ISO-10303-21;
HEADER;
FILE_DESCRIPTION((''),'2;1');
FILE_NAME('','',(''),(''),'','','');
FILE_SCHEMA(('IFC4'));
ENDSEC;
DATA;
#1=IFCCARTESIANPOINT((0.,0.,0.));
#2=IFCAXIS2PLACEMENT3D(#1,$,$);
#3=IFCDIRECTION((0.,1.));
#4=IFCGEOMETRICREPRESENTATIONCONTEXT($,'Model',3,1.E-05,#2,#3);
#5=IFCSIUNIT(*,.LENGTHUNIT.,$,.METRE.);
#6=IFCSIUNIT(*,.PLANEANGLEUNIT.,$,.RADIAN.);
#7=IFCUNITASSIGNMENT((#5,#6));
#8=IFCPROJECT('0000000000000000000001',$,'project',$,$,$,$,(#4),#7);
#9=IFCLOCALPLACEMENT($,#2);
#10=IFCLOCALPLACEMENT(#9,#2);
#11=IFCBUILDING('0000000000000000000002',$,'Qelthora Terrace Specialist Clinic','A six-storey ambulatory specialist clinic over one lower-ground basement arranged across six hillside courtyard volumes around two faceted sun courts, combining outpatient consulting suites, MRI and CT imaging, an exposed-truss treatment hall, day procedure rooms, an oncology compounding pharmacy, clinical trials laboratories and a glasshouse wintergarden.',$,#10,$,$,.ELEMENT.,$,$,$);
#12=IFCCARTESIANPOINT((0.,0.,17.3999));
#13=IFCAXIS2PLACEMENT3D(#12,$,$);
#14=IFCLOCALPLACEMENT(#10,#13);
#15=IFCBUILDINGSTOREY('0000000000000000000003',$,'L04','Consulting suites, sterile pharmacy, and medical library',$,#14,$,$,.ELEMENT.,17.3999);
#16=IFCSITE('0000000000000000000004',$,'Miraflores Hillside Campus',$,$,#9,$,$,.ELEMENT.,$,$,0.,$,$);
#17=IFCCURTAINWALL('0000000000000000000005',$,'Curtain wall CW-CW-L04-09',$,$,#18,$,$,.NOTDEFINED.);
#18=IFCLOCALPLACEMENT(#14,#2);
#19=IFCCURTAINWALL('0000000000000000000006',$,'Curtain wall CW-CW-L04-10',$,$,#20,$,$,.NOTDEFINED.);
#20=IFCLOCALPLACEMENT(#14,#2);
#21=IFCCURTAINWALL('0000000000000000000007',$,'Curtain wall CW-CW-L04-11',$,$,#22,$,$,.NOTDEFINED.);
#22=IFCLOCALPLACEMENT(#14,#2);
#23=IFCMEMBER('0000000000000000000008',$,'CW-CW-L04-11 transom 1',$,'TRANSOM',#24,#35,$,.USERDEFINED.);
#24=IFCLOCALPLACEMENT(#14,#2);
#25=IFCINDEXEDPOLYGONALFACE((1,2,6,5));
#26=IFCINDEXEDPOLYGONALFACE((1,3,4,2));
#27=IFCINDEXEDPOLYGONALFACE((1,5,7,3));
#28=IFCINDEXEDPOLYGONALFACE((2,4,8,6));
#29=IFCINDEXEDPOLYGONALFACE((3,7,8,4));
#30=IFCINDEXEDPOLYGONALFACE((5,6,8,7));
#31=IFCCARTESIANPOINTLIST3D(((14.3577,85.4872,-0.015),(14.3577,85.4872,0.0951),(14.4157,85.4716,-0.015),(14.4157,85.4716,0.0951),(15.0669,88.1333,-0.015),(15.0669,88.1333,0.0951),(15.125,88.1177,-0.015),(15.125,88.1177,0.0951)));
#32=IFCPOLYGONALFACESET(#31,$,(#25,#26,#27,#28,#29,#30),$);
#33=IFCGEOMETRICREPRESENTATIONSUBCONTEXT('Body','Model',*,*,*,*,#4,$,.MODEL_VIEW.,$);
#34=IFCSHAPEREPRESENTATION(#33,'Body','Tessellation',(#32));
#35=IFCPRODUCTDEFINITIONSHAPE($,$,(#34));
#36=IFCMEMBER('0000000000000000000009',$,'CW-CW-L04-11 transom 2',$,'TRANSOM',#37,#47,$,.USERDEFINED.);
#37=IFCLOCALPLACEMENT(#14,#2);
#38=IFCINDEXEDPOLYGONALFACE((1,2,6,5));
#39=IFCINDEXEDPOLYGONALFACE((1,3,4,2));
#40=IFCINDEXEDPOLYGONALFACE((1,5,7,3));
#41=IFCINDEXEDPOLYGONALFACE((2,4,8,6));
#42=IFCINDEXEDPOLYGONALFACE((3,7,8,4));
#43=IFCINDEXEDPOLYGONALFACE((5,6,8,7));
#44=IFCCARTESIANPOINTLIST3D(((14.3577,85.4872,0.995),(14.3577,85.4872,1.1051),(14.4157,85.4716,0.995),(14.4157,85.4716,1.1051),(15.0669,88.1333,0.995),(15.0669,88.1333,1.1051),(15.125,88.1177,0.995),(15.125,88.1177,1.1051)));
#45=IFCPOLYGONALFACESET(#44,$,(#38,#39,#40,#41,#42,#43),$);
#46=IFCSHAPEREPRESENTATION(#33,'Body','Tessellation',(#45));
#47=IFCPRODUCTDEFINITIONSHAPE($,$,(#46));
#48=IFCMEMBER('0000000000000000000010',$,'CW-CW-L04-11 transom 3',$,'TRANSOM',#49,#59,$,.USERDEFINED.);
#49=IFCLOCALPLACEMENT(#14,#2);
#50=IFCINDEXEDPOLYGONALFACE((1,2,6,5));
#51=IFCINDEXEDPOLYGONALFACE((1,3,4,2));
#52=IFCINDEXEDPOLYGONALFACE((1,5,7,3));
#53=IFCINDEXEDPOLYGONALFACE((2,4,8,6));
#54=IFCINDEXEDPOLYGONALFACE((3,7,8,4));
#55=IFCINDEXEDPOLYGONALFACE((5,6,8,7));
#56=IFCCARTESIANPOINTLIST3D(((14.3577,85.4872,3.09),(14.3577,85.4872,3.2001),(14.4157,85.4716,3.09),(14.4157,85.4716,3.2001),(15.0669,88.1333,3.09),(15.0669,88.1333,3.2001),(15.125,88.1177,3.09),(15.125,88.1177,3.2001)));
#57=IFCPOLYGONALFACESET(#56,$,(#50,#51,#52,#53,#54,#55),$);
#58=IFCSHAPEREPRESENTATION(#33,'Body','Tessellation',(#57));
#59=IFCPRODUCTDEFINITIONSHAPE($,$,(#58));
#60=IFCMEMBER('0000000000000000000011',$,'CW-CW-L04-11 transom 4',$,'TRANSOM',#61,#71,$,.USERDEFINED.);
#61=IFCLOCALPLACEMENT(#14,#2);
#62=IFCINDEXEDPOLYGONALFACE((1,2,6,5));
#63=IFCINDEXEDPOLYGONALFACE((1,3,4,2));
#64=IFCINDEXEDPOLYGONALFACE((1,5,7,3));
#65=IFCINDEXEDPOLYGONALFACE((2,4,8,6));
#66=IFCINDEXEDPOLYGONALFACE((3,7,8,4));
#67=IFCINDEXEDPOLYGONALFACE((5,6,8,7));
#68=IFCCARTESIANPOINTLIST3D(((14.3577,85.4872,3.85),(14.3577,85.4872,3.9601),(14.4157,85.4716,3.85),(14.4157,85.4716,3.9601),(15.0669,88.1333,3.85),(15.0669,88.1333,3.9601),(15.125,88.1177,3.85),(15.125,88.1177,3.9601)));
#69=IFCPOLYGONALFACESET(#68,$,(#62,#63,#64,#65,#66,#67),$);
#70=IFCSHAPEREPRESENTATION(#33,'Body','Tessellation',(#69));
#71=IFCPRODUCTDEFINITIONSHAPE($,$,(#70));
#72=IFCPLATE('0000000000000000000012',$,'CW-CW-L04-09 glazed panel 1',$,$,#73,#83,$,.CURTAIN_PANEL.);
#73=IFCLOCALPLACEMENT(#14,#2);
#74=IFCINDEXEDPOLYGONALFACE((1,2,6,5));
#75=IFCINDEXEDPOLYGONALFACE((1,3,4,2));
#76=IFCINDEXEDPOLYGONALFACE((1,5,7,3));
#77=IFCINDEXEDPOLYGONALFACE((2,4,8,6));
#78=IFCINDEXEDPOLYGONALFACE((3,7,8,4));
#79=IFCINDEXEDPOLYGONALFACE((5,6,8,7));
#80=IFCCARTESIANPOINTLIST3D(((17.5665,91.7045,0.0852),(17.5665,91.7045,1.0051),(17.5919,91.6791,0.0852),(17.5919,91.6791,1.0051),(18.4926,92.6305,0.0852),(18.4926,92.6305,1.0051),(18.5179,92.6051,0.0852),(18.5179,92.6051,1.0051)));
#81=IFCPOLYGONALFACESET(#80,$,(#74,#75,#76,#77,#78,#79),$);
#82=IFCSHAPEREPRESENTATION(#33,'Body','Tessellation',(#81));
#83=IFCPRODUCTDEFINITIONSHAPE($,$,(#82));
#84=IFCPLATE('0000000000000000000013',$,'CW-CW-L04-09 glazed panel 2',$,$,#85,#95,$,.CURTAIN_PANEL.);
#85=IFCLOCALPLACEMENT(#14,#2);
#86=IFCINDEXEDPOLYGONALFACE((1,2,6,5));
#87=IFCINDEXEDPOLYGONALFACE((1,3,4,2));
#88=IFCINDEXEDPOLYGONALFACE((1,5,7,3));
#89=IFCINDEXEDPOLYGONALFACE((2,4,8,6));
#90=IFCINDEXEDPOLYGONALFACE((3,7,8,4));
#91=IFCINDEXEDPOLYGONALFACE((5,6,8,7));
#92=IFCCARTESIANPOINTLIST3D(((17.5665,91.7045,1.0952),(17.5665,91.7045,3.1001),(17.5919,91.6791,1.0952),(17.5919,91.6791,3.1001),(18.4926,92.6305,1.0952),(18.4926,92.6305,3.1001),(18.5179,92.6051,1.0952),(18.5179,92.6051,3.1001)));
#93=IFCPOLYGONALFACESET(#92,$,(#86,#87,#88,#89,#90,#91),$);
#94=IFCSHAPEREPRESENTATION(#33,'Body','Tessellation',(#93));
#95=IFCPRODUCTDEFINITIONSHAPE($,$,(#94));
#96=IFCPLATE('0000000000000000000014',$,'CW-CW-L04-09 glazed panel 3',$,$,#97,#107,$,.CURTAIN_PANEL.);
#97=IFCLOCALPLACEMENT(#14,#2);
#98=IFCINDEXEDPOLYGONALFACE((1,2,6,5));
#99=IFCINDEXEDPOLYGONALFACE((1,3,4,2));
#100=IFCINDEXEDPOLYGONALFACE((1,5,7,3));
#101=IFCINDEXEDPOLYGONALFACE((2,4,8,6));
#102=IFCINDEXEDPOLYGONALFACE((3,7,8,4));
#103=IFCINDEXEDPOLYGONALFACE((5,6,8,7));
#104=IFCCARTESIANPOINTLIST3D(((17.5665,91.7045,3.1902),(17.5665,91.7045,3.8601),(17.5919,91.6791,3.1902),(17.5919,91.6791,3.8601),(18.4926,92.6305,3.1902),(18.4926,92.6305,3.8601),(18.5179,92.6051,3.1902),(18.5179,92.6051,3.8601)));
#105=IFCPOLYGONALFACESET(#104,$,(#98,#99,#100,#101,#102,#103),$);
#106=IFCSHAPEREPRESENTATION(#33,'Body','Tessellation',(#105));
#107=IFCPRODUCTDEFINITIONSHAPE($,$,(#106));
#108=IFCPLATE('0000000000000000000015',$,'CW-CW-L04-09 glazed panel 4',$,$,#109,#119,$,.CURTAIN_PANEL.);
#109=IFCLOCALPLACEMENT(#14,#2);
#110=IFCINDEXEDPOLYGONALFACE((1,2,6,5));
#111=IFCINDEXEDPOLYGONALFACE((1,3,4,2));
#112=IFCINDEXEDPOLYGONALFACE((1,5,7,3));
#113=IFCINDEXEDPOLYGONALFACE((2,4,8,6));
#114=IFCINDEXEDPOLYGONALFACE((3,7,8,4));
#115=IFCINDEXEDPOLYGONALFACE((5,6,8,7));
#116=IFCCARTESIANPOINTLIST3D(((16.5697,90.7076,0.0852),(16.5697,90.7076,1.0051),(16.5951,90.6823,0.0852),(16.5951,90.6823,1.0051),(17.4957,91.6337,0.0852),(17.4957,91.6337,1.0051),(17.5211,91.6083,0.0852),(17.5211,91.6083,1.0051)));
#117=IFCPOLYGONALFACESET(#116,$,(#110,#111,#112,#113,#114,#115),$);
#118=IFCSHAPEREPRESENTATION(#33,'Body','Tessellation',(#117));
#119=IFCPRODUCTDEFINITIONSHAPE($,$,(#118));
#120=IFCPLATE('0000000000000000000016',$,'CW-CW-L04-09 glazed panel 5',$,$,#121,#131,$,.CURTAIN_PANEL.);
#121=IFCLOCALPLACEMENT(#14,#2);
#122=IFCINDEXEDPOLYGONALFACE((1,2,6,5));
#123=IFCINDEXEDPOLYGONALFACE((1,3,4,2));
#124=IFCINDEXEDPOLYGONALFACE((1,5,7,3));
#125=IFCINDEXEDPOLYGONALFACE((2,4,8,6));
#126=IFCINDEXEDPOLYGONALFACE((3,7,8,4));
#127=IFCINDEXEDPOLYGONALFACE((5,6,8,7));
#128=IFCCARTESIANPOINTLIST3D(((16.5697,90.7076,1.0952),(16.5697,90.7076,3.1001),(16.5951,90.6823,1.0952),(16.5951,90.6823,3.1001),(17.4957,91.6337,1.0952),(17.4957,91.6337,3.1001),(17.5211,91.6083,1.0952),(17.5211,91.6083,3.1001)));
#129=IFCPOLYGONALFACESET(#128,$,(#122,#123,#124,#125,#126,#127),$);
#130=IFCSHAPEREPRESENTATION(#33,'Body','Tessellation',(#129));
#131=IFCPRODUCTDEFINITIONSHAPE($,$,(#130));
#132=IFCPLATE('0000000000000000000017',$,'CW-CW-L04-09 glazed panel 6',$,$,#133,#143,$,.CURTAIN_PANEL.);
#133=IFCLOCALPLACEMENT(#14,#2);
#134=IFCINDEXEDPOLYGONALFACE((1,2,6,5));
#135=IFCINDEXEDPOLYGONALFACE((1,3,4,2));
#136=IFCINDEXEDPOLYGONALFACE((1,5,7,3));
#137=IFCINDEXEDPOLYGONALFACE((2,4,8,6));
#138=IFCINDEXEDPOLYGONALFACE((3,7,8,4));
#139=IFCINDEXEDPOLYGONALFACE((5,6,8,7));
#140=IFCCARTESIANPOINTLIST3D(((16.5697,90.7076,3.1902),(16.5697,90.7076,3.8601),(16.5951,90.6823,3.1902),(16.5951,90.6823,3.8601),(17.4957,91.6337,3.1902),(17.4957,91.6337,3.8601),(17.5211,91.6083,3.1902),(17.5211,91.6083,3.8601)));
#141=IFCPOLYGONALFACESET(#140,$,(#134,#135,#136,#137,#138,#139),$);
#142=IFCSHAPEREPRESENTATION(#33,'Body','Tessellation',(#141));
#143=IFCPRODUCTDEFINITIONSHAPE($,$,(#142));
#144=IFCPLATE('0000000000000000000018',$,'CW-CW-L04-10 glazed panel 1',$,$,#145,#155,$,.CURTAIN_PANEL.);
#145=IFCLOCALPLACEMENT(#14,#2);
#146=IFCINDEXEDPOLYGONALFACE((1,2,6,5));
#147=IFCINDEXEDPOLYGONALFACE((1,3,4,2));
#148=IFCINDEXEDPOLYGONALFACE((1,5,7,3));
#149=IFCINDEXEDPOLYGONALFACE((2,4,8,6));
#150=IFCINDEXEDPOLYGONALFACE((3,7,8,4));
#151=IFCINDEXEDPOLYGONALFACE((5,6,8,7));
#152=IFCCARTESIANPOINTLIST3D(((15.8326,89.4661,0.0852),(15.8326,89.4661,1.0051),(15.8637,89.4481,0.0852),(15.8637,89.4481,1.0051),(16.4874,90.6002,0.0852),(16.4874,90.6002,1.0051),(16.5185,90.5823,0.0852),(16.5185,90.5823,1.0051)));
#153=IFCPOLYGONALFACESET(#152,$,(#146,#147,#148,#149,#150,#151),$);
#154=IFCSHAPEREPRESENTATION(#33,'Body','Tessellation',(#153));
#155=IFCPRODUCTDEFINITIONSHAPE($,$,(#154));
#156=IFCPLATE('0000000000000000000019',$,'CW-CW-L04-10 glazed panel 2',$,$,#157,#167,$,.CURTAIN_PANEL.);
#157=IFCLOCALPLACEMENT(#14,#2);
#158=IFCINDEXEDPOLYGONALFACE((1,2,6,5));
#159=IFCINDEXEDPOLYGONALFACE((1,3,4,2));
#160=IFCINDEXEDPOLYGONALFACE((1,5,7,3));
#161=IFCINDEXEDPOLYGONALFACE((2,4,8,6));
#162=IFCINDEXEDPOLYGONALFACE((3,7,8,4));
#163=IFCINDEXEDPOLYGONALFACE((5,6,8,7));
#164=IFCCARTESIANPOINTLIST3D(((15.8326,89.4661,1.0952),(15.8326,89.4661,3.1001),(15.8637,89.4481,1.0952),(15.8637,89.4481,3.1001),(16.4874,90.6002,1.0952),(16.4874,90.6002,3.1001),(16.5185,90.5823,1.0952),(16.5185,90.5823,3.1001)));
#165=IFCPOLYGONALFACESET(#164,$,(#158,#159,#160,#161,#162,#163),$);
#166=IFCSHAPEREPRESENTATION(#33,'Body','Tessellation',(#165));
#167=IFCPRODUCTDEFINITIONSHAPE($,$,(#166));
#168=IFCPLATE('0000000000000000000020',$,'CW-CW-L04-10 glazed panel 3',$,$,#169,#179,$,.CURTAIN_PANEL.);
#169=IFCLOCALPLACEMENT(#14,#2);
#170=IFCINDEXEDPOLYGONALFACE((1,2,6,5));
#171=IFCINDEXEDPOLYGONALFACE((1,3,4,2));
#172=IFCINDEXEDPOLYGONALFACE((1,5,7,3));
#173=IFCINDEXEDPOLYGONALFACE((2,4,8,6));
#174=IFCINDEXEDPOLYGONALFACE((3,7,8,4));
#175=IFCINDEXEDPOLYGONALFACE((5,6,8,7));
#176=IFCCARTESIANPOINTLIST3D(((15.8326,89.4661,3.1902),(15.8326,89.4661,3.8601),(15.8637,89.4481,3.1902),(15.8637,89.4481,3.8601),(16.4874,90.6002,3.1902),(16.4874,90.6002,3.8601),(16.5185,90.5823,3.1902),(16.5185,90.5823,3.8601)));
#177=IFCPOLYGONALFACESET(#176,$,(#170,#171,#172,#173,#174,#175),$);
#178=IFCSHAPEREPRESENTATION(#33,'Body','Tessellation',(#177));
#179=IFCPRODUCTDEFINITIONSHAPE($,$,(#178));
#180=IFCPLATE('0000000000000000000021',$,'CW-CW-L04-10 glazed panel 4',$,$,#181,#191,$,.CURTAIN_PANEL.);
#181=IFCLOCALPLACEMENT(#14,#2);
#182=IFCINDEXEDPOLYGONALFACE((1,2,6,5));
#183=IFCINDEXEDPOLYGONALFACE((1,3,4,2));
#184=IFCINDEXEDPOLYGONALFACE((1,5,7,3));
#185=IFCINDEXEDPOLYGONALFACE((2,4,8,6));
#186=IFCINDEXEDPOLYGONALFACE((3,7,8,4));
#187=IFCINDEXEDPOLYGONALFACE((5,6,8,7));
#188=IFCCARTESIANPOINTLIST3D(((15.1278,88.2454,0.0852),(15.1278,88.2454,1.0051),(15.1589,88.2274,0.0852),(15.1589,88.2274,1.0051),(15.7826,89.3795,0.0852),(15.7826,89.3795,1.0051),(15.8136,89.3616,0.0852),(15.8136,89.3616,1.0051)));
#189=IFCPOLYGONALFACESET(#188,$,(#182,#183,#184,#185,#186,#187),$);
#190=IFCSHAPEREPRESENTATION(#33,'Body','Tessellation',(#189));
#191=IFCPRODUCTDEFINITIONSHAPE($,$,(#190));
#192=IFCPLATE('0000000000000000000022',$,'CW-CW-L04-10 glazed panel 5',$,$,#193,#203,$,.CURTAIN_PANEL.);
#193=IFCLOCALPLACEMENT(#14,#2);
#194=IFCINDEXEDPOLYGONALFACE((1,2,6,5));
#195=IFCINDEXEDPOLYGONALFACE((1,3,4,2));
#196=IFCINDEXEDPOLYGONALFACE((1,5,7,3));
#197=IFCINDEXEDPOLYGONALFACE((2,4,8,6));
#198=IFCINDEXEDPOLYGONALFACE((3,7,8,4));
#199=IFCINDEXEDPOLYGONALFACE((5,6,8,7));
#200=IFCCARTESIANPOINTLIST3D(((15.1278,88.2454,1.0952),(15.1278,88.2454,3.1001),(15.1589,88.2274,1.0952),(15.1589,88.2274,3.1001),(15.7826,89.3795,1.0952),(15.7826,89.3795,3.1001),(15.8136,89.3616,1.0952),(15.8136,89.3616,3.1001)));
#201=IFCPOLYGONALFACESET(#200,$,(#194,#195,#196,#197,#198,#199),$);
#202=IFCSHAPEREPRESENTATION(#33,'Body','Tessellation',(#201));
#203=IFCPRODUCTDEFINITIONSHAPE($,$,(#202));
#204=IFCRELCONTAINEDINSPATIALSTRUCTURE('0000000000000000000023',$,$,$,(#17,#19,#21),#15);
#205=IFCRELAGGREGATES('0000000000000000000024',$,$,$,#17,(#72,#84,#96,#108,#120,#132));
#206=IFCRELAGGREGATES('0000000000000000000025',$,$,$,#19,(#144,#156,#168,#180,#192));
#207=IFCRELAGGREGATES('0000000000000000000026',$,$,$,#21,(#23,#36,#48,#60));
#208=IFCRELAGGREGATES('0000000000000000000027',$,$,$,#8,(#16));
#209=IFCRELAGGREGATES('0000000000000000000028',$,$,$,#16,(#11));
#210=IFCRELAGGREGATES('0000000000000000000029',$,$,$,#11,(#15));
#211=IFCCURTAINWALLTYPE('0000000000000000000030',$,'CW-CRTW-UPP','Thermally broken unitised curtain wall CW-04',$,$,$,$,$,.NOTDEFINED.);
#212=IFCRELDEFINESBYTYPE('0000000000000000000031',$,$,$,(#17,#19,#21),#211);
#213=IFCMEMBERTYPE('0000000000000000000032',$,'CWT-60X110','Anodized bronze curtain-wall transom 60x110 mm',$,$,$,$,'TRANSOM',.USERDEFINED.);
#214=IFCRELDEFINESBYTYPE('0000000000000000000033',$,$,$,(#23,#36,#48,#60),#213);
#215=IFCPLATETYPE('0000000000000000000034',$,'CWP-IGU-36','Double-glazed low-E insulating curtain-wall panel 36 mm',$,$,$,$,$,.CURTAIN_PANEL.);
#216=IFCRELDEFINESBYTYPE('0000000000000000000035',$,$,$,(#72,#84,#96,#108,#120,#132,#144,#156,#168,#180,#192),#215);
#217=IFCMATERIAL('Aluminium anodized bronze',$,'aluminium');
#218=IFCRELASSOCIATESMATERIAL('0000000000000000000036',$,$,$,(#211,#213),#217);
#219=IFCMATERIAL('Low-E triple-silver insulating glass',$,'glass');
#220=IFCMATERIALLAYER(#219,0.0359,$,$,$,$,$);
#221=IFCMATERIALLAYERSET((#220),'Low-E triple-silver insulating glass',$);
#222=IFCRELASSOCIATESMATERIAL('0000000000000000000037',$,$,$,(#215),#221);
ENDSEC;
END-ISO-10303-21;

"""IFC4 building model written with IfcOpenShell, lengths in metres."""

from ifc_helpers import new_model, si_unit, direction, frame, origin, origin_2d, place, context, subcontext, project, spatial, rectangle, extrude, material, layer, layer_set, material_profile, profile_set, type_object, element, aggregate, save


model = new_model("IFC4")

# Units and contexts
model_context = context("Model", 3, precision=1e-05, world=origin(), true_north=direction((0.0, 1.0)))
body_context = subcontext(model_context, "Body", "Model", "MODEL_VIEW")
ifc_project = project(units=[si_unit("LENGTHUNIT", "METRE"), si_unit("PLANEANGLEUNIT", "RADIAN")], contexts=[model_context])

# Site, building, storey
site_placement = place(None, origin())
site = spatial("IfcSite", under=ifc_project, at=site_placement, Name="Miraflores Hillside Campus", CompositionType="ELEMENT", RefElevation=0.0)
building_placement = place(site_placement, origin())
building = spatial("IfcBuilding", under=site, at=building_placement, Name="Qelthora Terrace Specialist Clinic", Description="A six-storey ambulatory specialist clinic over one lower-ground basement arranged across six hillside courtyard volumes around two faceted sun courts, combining outpatient consulting suites, MRI and CT imaging, an exposed-truss treatment hall, day procedure rooms, an oncology compounding pharmacy, clinical trials laboratories and a glasshouse wintergarden.", CompositionType="ELEMENT")
storey_placement = place(building_placement, frame((0.0, 0.0, 17.3999)))
storey = spatial("IfcBuildingStorey", under=building, at=storey_placement, Name="L04", Description="Consulting suites, sterile pharmacy, and medical library", CompositionType="ELEMENT", Elevation=17.3999)

# Curtain walls
ifc_material_1 = material(Name="Aluminium anodized bronze", Category="aluminium")
curtain_wall_type = type_object("IfcCurtainWallType", Name="CW-CRTW-UPP", Description="Thermally broken unitised curtain wall CW-04", PredefinedType="NOTDEFINED", material=ifc_material_1)
curtain_wall_1_placement = place(storey_placement, origin())
curtain_wall_1 = element("IfcCurtainWall", 1, at=curtain_wall_1_placement, inside=storey, type_object=curtain_wall_type, Name="Curtain wall CW-CW-L04-09", PredefinedType="NOTDEFINED")
curtain_wall_2_placement = place(storey_placement, origin())
curtain_wall_2 = element("IfcCurtainWall", 2, at=curtain_wall_2_placement, inside=storey, type_object=curtain_wall_type, Name="Curtain wall CW-CW-L04-10", PredefinedType="NOTDEFINED")
curtain_wall_3_placement = place(storey_placement, origin())
curtain_wall_3 = element("IfcCurtainWall", 3, at=curtain_wall_3_placement, inside=storey, type_object=curtain_wall_type, Name="Curtain wall CW-CW-L04-11", PredefinedType="NOTDEFINED")

# Members
ifc_material_profile_1 = material_profile(ifc_material_1, rectangle(XDim=0.0601, YDim=0.1101, at=origin_2d()), Name="CWT60X110")
ifc_profile_set_1 = profile_set([ifc_material_profile_1], Name="Aluminium anodized bronze")
member_type_1 = type_object("IfcMemberType", Name="CWT-60X110", Description="Anodized bronze curtain-wall transom 60x110 mm", ElementType="TRANSOM", PredefinedType="USERDEFINED", material=ifc_profile_set_1)
member_1_placement = place(storey_placement, frame((15.0959, 88.1255, 0.04), z_axis=(-0.258899, -0.965904, 0.0), x_axis=(0.965904, -0.258899, 0.0)))
member_1 = element("IfcMember", 4, at=member_1_placement, type_object=member_type_1, Name="CW-CW-L04-11 transom 1", ObjectType="TRANSOM", PredefinedType="USERDEFINED", context=body_context, shape_type="SweptSolid", body=[
    extrude(rectangle(XDim=0.0601, YDim=0.1101, at=origin_2d()), origin(), (0.0, 0.0, 1.0), 2.7395),
])
member_2_placement = place(storey_placement, frame((15.0959, 88.1255, 1.05), z_axis=(-0.258899, -0.965904, 0.0), x_axis=(0.965904, -0.258899, 0.0)))
member_2 = element("IfcMember", 5, at=member_2_placement, type_object=member_type_1, Name="CW-CW-L04-11 transom 2", ObjectType="TRANSOM", PredefinedType="USERDEFINED", context=body_context, shape_type="SweptSolid", body=[
    extrude(rectangle(XDim=0.0601, YDim=0.1101, at=origin_2d()), origin(), (0.0, 0.0, 1.0), 2.7395),
])
member_3_placement = place(storey_placement, frame((15.0959, 88.1255, 3.145), z_axis=(-0.258899, -0.965904, 0.0), x_axis=(0.965904, -0.258899, 0.0)))
member_3 = element("IfcMember", 6, at=member_3_placement, type_object=member_type_1, Name="CW-CW-L04-11 transom 3", ObjectType="TRANSOM", PredefinedType="USERDEFINED", context=body_context, shape_type="SweptSolid", body=[
    extrude(rectangle(XDim=0.0601, YDim=0.1101, at=origin_2d()), origin(), (0.0, 0.0, 1.0), 2.7395),
])
member_4_placement = place(storey_placement, frame((15.0959, 88.1255, 3.905), z_axis=(-0.258899, -0.965904, 0.0), x_axis=(0.965904, -0.258899, 0.0)))
member_4 = element("IfcMember", 7, at=member_4_placement, type_object=member_type_1, Name="CW-CW-L04-11 transom 4", ObjectType="TRANSOM", PredefinedType="USERDEFINED", context=body_context, shape_type="SweptSolid", body=[
    extrude(rectangle(XDim=0.0601, YDim=0.1101, at=origin_2d()), origin(), (0.0, 0.0, 1.0), 2.7395),
])

# Plates
ifc_material_2 = material(Name="Low-E triple-silver insulating glass", Category="glass")
ifc_layer = layer(ifc_material_2, 0.0359)
ifc_layer_set = layer_set([ifc_layer], Name="Low-E triple-silver insulating glass")
plate_type = type_object("IfcPlateType", Name="CWP-IGU-36", Description="Double-glazed low-E insulating curtain-wall panel 36 mm", PredefinedType="CURTAIN_PANEL", material=ifc_layer_set)
plate_1_placement = place(storey_placement, frame((18.0422, 92.1548, 0.0852), z_axis=(0.0, 0.0, 1.0), x_axis=(-0.707107, -0.707107, 0.0)))
plate_1 = element("IfcPlate", 8, at=plate_1_placement, type_object=plate_type, Name="CW-CW-L04-09 glazed panel 1", PredefinedType="CURTAIN_PANEL", context=body_context, shape_type="SweptSolid", body=[
    extrude(rectangle(XDim=1.3096, YDim=0.0359, at=origin_2d()), origin(), (0.0, 0.0, 1.0), 0.9199),
])
plate_2_placement = place(storey_placement, frame((18.0422, 92.1548, 1.0952), z_axis=(0.0, 0.0, 1.0), x_axis=(-0.707107, -0.707107, 0.0)))
plate_2 = element("IfcPlate", 9, at=plate_2_placement, type_object=plate_type, Name="CW-CW-L04-09 glazed panel 2", PredefinedType="CURTAIN_PANEL", context=body_context, shape_type="SweptSolid", body=[
    extrude(rectangle(XDim=1.3096, YDim=0.0359, at=origin_2d()), origin(), (0.0, 0.0, 1.0), 2.0049),
])
plate_3_placement = place(storey_placement, frame((18.0422, 92.1548, 3.1902), z_axis=(0.0, 0.0, 1.0), x_axis=(-0.707107, -0.707107, 0.0)))
plate_3 = element("IfcPlate", 10, at=plate_3_placement, type_object=plate_type, Name="CW-CW-L04-09 glazed panel 3", PredefinedType="CURTAIN_PANEL", context=body_context, shape_type="SweptSolid", body=[
    extrude(rectangle(XDim=1.3096, YDim=0.0359, at=origin_2d()), origin(), (0.0, 0.0, 1.0), 0.6699),
])
plate_4_placement = place(storey_placement, frame((17.0454, 91.158, 0.0852), z_axis=(0.0, 0.0, 1.0), x_axis=(-0.707107, -0.707107, 0.0)))
plate_4 = element("IfcPlate", 11, at=plate_4_placement, type_object=plate_type, Name="CW-CW-L04-09 glazed panel 4", PredefinedType="CURTAIN_PANEL", context=body_context, shape_type="SweptSolid", body=[
    extrude(rectangle(XDim=1.3096, YDim=0.0359, at=origin_2d()), origin(), (0.0, 0.0, 1.0), 0.9199),
])
plate_5_placement = place(storey_placement, frame((17.0454, 91.158, 1.0952), z_axis=(0.0, 0.0, 1.0), x_axis=(-0.707107, -0.707107, 0.0)))
plate_5 = element("IfcPlate", 12, at=plate_5_placement, type_object=plate_type, Name="CW-CW-L04-09 glazed panel 5", PredefinedType="CURTAIN_PANEL", context=body_context, shape_type="SweptSolid", body=[
    extrude(rectangle(XDim=1.3096, YDim=0.0359, at=origin_2d()), origin(), (0.0, 0.0, 1.0), 2.0049),
])
plate_6_placement = place(storey_placement, frame((17.0454, 91.158, 3.1902), z_axis=(0.0, 0.0, 1.0), x_axis=(-0.707107, -0.707107, 0.0)))
plate_6 = element("IfcPlate", 13, at=plate_6_placement, type_object=plate_type, Name="CW-CW-L04-09 glazed panel 6", PredefinedType="CURTAIN_PANEL", context=body_context, shape_type="SweptSolid", body=[
    extrude(rectangle(XDim=1.3096, YDim=0.0359, at=origin_2d()), origin(), (0.0, 0.0, 1.0), 0.6699),
])
aggregate(curtain_wall_1, [plate_1, plate_2, plate_3, plate_4, plate_5, plate_6])
plate_7_placement = place(storey_placement, frame((16.1755, 90.0242, 0.0852), z_axis=(0.0, 0.0, 1.0), x_axis=(-0.5, -0.866025, 0.0)))
plate_7 = element("IfcPlate", 14, at=plate_7_placement, type_object=plate_type, Name="CW-CW-L04-10 glazed panel 1", PredefinedType="CURTAIN_PANEL", context=body_context, shape_type="SweptSolid", body=[
    extrude(rectangle(XDim=1.3096, YDim=0.0359, at=origin_2d()), origin(), (0.0, 0.0, 1.0), 0.9199),
])
plate_8_placement = place(storey_placement, frame((16.1755, 90.0242, 1.0952), z_axis=(0.0, 0.0, 1.0), x_axis=(-0.5, -0.866025, 0.0)))
plate_8 = element("IfcPlate", 15, at=plate_8_placement, type_object=plate_type, Name="CW-CW-L04-10 glazed panel 2", PredefinedType="CURTAIN_PANEL", context=body_context, shape_type="SweptSolid", body=[
    extrude(rectangle(XDim=1.3096, YDim=0.0359, at=origin_2d()), origin(), (0.0, 0.0, 1.0), 2.0049),
])
plate_9_placement = place(storey_placement, frame((16.1755, 90.0242, 3.1902), z_axis=(0.0, 0.0, 1.0), x_axis=(-0.5, -0.866025, 0.0)))
plate_9 = element("IfcPlate", 16, at=plate_9_placement, type_object=plate_type, Name="CW-CW-L04-10 glazed panel 3", PredefinedType="CURTAIN_PANEL", context=body_context, shape_type="SweptSolid", body=[
    extrude(rectangle(XDim=1.3096, YDim=0.0359, at=origin_2d()), origin(), (0.0, 0.0, 1.0), 0.6699),
])
plate_10_placement = place(storey_placement, frame((15.4707, 88.8035, 0.0852), z_axis=(0.0, 0.0, 1.0), x_axis=(-0.5, -0.866025, 0.0)))
plate_10 = element("IfcPlate", 17, at=plate_10_placement, type_object=plate_type, Name="CW-CW-L04-10 glazed panel 4", PredefinedType="CURTAIN_PANEL", context=body_context, shape_type="SweptSolid", body=[
    extrude(rectangle(XDim=1.3096, YDim=0.0359, at=origin_2d()), origin(), (0.0, 0.0, 1.0), 0.9199),
])
plate_11_placement = place(storey_placement, frame((15.4707, 88.8035, 1.0952), z_axis=(0.0, 0.0, 1.0), x_axis=(-0.5, -0.866025, 0.0)))
plate_11 = element("IfcPlate", 18, at=plate_11_placement, type_object=plate_type, Name="CW-CW-L04-10 glazed panel 5", PredefinedType="CURTAIN_PANEL", context=body_context, shape_type="SweptSolid", body=[
    extrude(rectangle(XDim=1.3096, YDim=0.0359, at=origin_2d()), origin(), (0.0, 0.0, 1.0), 2.0049),
])
aggregate(curtain_wall_2, [plate_7, plate_8, plate_9, plate_10, plate_11])
aggregate(curtain_wall_3, [member_1, member_2, member_3, member_4])

save(model, "model.ifc")
